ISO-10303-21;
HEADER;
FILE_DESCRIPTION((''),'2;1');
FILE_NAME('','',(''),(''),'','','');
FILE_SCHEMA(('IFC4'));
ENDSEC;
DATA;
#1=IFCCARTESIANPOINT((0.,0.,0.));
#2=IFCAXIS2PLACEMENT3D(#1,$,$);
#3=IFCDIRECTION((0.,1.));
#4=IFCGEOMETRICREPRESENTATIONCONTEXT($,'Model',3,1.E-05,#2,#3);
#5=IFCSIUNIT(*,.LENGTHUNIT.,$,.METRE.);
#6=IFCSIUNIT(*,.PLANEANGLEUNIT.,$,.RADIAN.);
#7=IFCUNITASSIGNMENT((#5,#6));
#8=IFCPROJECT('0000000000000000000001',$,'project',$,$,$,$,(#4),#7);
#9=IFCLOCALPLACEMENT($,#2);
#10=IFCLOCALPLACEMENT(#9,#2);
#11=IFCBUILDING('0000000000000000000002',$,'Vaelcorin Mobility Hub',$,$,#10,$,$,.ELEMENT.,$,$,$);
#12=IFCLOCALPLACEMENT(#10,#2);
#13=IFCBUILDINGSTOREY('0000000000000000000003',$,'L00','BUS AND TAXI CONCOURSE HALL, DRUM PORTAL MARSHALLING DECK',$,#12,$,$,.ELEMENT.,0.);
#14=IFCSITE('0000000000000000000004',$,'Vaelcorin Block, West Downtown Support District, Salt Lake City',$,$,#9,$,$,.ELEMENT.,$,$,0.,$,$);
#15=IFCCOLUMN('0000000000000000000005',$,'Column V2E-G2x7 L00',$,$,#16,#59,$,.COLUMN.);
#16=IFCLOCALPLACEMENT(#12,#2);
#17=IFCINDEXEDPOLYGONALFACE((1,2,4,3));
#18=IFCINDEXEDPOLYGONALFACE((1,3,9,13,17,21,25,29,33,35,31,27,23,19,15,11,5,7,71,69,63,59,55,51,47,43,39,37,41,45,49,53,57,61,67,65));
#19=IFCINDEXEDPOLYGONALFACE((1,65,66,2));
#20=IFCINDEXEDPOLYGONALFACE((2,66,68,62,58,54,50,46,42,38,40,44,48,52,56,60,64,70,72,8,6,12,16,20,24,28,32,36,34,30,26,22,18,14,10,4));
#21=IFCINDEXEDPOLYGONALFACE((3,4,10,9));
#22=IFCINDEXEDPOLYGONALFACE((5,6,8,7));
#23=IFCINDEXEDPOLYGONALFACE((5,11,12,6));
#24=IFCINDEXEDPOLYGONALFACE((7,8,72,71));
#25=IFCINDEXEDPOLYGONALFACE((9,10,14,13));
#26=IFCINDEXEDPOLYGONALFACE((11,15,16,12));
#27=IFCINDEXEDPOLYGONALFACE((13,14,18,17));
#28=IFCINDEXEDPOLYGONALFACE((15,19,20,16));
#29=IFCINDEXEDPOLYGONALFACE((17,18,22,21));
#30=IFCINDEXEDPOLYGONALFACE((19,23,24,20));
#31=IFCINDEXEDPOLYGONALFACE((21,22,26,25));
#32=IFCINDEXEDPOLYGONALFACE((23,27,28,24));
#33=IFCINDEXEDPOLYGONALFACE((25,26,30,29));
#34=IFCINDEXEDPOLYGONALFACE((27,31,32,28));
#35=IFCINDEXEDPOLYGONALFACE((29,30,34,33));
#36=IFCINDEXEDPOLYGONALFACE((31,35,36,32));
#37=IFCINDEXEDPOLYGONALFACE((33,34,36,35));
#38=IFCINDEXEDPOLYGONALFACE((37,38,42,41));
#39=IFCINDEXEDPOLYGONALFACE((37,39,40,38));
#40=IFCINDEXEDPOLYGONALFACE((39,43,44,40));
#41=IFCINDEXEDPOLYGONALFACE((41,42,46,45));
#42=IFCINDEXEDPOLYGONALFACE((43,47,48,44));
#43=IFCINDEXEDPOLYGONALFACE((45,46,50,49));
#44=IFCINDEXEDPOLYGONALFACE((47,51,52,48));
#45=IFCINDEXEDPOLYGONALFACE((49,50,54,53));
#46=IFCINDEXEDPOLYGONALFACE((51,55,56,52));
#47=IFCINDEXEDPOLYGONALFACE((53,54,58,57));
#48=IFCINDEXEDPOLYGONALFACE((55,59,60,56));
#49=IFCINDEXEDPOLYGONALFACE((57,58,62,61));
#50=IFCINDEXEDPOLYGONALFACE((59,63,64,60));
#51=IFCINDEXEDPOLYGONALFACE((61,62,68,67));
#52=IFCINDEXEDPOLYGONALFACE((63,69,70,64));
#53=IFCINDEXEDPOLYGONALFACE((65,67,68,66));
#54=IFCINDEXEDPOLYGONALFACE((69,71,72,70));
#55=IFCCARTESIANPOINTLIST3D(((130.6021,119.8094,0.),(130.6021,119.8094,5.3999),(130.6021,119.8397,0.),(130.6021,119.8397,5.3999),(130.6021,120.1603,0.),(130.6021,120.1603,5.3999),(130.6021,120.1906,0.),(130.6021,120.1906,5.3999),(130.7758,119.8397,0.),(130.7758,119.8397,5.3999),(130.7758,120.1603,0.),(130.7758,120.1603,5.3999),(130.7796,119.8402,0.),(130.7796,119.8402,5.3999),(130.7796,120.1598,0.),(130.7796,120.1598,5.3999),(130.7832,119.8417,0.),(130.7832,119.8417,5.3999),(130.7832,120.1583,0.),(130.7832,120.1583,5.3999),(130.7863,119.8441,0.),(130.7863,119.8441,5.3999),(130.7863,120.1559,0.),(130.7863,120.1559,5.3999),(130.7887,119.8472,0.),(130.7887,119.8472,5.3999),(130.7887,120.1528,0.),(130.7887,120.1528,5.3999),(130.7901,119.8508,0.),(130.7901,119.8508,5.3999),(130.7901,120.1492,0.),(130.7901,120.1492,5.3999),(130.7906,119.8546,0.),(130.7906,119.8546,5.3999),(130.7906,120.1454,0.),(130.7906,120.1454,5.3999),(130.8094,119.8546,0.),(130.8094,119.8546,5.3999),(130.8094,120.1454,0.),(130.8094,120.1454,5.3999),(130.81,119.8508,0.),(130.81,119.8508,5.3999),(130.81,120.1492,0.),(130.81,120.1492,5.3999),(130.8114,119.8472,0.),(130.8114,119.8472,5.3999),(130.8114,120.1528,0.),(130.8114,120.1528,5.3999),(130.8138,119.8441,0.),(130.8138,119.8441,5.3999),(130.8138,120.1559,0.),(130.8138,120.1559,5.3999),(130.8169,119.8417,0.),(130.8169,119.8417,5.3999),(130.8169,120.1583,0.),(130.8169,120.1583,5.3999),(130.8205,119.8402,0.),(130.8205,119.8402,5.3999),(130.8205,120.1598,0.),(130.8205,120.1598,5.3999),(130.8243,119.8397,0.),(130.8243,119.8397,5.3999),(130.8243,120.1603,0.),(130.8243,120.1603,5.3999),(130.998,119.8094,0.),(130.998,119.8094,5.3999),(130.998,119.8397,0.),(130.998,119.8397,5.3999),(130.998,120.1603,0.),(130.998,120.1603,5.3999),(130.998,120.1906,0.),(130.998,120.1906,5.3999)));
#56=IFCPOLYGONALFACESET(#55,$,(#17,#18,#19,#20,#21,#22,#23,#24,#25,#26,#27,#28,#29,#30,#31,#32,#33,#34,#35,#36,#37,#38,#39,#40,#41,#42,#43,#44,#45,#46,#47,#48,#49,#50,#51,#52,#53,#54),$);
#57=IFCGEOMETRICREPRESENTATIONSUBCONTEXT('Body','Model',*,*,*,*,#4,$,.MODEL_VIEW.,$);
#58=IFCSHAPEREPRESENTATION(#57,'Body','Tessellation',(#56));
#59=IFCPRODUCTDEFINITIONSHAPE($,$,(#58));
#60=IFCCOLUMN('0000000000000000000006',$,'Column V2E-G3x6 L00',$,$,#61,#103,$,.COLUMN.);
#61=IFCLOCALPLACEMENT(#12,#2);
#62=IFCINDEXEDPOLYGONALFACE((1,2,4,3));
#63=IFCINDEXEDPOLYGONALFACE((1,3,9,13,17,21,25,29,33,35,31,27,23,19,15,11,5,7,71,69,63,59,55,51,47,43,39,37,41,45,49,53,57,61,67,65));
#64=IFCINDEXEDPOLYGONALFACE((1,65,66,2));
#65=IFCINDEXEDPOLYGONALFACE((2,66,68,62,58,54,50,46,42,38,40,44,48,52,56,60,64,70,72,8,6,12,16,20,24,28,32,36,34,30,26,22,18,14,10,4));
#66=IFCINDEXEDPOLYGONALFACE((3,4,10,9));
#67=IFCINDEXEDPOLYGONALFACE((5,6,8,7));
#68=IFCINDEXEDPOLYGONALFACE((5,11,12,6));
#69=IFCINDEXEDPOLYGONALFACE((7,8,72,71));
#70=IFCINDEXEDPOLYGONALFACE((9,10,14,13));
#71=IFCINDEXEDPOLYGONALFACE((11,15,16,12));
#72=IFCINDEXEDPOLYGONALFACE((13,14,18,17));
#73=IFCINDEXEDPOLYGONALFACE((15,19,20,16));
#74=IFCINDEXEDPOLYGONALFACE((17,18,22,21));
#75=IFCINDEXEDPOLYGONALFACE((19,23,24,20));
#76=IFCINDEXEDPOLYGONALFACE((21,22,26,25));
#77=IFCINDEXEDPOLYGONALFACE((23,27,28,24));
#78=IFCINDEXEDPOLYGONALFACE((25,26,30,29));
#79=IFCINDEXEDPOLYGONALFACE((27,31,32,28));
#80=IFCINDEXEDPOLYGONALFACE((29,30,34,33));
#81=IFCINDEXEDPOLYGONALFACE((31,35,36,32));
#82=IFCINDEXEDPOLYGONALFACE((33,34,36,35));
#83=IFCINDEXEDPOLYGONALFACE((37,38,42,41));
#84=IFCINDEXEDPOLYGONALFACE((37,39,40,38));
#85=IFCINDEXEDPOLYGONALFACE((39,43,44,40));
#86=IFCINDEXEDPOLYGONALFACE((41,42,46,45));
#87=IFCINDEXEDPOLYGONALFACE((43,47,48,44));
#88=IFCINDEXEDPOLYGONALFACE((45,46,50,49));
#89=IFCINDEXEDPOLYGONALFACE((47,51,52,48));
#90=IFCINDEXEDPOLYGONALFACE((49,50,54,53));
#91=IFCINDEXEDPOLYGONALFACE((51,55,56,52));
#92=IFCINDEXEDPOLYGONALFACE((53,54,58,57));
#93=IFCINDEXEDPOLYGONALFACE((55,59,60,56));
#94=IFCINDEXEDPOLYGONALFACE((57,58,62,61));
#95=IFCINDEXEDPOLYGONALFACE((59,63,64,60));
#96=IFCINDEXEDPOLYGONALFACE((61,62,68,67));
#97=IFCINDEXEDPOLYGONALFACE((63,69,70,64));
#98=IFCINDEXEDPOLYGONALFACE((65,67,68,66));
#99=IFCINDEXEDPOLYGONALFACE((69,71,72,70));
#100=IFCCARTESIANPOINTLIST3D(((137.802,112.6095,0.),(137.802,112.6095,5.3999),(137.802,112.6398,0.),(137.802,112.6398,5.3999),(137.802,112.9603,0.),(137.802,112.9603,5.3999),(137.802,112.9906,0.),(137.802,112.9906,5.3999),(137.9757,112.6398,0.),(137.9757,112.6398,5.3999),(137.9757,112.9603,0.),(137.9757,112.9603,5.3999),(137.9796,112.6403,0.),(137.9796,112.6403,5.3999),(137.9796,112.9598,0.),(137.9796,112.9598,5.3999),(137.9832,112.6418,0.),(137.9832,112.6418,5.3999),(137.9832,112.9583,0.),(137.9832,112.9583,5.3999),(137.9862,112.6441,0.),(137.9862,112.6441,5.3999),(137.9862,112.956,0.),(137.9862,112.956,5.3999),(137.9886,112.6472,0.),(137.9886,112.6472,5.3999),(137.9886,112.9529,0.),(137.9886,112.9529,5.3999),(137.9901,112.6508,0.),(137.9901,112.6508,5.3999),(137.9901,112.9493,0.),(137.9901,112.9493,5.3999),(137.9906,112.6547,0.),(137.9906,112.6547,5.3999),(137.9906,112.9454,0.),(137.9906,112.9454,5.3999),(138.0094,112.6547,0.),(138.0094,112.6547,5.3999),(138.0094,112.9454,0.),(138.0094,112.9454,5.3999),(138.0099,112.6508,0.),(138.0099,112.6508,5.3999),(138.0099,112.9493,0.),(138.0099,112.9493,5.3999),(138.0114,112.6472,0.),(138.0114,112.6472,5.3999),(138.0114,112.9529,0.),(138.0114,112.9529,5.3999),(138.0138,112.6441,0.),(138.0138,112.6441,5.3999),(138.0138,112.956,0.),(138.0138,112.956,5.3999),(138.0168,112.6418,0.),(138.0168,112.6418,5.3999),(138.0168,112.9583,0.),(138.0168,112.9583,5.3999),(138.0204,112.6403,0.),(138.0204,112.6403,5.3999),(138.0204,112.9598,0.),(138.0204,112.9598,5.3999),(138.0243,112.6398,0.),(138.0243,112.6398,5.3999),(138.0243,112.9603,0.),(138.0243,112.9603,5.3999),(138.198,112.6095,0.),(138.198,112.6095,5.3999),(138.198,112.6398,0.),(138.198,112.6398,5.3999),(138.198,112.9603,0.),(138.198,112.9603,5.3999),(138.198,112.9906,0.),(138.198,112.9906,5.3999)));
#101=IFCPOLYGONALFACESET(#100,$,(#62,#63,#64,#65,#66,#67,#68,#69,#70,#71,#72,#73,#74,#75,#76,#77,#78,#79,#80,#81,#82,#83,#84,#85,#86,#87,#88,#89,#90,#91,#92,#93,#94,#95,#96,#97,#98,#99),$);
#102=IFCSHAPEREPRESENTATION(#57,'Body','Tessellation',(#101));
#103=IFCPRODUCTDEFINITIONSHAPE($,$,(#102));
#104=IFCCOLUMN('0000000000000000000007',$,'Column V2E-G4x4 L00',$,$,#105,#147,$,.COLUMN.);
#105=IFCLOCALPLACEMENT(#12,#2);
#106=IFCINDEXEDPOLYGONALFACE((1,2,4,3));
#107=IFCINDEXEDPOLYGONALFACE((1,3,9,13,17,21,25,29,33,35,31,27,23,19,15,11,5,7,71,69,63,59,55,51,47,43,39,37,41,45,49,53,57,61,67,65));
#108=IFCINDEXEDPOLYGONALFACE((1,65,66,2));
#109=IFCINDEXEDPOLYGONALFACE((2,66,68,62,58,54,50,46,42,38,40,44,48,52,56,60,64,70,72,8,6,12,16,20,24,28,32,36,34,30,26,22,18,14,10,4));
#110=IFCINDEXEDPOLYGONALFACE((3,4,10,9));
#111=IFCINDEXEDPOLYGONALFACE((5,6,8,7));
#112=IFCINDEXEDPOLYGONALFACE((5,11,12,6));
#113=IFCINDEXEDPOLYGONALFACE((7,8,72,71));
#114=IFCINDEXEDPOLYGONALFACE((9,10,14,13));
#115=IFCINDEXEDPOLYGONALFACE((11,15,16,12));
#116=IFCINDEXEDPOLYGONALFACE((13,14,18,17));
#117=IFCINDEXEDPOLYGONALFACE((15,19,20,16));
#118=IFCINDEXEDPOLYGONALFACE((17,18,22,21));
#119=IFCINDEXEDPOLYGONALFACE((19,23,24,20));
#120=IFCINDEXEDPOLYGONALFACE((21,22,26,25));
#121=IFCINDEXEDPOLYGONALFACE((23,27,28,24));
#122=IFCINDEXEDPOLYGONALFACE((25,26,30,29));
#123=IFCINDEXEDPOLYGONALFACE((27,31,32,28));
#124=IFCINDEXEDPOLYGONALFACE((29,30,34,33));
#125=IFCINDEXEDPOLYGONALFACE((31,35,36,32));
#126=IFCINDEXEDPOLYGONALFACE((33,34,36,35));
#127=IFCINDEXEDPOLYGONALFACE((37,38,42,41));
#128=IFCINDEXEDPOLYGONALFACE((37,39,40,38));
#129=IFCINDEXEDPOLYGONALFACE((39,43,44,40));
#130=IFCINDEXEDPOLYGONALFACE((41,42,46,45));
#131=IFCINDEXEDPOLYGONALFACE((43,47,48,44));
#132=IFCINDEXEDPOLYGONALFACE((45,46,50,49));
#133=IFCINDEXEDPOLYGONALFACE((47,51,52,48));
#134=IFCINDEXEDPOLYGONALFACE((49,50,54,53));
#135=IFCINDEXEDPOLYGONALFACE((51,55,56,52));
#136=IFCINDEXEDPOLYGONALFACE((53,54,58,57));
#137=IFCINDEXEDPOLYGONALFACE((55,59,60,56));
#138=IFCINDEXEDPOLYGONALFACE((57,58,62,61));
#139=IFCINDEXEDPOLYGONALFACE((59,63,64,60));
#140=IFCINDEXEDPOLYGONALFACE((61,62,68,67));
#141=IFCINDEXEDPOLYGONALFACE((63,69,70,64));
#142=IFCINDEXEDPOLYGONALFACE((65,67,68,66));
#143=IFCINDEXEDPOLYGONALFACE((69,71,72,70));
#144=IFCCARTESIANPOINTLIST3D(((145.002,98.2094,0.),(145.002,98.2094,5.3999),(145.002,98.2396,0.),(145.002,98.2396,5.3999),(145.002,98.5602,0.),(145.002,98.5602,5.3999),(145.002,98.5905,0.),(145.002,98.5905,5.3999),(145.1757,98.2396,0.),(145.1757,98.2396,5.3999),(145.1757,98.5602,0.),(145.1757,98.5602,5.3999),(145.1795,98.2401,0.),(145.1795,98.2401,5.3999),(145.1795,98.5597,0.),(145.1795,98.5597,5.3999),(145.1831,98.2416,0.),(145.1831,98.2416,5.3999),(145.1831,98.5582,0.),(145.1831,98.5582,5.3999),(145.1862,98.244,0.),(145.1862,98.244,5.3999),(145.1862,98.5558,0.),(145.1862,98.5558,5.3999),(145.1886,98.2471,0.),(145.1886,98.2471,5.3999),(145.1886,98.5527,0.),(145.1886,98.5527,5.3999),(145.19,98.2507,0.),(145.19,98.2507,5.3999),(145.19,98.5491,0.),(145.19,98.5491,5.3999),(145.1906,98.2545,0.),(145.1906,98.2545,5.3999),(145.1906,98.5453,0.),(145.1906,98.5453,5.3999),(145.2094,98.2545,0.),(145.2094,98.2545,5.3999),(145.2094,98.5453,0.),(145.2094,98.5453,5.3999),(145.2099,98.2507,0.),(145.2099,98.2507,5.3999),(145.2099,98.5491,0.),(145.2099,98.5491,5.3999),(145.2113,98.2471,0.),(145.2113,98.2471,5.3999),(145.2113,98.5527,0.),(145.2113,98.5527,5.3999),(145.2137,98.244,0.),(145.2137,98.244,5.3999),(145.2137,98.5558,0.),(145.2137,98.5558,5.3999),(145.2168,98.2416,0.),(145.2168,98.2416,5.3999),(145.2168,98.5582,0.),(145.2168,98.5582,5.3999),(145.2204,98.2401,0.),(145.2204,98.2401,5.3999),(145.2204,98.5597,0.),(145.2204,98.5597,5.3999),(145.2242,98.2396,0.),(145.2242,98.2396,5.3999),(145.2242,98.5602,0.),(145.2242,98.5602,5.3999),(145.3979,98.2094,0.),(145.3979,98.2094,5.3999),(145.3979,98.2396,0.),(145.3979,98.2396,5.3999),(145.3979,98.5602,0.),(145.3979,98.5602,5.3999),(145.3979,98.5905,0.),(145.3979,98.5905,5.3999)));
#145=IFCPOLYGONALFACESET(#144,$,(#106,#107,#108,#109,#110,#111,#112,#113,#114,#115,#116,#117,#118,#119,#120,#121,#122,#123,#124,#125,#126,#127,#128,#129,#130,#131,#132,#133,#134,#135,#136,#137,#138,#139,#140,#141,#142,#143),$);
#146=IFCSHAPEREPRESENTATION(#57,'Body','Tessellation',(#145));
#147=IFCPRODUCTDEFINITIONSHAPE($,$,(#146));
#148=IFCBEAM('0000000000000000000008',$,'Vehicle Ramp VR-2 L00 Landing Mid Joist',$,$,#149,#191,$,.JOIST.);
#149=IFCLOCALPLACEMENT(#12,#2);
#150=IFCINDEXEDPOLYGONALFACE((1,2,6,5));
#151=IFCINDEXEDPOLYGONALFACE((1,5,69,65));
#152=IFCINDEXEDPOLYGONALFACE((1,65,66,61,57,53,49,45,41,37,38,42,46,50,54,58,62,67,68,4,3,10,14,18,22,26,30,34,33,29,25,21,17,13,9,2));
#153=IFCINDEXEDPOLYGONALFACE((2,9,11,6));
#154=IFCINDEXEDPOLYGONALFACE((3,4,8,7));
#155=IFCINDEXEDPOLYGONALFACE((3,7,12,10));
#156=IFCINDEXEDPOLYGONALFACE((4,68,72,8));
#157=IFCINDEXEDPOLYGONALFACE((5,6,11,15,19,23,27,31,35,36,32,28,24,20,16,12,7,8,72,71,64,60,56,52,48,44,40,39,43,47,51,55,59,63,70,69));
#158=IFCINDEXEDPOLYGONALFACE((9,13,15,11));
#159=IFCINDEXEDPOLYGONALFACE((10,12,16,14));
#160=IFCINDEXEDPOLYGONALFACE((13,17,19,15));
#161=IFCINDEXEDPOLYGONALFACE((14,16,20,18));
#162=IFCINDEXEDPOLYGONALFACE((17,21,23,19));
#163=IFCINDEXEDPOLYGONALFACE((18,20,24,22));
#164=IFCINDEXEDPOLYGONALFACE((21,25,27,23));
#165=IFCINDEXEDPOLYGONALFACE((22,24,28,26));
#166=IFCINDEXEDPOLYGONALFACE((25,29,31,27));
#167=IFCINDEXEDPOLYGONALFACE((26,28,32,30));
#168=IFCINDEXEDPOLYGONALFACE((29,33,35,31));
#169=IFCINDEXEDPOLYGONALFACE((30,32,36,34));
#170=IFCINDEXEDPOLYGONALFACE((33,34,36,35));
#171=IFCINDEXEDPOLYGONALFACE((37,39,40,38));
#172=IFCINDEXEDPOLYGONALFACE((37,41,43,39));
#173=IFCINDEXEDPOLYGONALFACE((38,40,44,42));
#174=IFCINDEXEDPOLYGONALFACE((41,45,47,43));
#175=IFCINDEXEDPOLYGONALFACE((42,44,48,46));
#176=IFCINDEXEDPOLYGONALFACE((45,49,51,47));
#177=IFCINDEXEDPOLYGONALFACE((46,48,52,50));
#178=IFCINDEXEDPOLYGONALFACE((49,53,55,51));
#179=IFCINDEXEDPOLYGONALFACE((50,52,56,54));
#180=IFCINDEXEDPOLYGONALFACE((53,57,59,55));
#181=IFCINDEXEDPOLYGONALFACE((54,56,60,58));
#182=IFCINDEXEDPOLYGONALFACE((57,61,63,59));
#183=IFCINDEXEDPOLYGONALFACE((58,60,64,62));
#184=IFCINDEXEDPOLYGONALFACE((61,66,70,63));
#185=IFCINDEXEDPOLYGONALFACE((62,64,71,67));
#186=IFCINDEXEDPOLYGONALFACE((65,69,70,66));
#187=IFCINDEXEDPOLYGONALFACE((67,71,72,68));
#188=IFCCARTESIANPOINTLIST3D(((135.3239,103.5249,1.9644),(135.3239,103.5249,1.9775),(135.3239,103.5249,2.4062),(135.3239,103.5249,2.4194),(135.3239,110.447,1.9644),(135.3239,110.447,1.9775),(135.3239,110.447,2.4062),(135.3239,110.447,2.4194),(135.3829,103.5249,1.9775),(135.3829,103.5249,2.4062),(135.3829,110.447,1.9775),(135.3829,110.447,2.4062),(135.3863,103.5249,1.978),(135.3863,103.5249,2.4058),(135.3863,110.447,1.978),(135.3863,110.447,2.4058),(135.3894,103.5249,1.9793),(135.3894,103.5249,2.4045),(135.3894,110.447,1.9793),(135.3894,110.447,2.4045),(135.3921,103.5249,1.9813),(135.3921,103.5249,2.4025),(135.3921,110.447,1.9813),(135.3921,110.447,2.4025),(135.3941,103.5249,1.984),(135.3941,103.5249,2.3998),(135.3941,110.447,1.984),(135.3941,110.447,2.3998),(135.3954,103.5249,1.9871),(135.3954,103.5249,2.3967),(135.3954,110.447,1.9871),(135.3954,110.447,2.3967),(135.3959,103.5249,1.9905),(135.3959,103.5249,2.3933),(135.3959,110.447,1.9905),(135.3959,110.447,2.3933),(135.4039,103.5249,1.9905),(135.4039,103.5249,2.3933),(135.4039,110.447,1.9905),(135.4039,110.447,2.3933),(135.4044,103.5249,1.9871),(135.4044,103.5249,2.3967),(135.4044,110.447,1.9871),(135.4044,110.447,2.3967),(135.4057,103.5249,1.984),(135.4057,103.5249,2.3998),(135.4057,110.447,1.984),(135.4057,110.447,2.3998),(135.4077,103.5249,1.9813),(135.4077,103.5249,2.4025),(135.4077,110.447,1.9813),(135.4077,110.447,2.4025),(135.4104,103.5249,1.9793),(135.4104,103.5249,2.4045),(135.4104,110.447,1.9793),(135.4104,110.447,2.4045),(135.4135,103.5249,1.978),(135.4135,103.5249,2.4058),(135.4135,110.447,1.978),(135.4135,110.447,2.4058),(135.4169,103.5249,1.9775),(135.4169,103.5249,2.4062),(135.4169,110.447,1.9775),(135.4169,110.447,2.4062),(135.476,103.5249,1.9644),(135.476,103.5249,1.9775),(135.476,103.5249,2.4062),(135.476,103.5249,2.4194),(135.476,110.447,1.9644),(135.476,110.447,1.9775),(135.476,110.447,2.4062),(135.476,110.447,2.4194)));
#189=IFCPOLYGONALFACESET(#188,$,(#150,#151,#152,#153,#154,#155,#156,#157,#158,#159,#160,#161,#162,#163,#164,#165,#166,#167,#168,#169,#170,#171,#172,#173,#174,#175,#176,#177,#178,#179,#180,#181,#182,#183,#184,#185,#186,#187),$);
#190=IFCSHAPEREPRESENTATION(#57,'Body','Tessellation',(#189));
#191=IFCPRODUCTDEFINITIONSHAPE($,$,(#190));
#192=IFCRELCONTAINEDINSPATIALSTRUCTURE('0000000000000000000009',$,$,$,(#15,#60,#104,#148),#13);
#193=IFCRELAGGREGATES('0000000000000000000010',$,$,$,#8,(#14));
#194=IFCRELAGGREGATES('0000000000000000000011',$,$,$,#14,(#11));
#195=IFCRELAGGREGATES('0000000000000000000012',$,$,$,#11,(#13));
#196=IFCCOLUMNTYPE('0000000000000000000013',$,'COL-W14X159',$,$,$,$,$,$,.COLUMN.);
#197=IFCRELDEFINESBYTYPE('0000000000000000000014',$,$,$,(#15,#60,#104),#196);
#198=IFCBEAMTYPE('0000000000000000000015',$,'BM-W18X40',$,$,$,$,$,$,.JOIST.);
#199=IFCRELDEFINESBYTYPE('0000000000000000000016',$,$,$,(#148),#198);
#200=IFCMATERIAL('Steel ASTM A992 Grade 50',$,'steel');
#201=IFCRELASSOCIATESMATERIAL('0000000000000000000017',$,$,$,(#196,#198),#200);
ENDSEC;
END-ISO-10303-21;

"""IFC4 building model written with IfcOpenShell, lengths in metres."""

from ifc_helpers import new_model, si_unit, direction, frame, origin, origin_2d, place, context, subcontext, project, spatial, i_section, extrude, material, material_profile, profile_set, type_object, element, save


model = new_model("IFC4")

# Units and contexts
model_context = context("Model", 3, precision=1e-05, world=origin(), true_north=direction((0.0, 1.0)))
body_context = subcontext(model_context, "Body", "Model", "MODEL_VIEW")
ifc_project = project(units=[si_unit("LENGTHUNIT", "METRE"), si_unit("PLANEANGLEUNIT", "RADIAN")], contexts=[model_context])

# Site, building, storey
site_placement = place(None, origin())
site = spatial("IfcSite", under=ifc_project, at=site_placement, Name="Vaelcorin Block, West Downtown Support District, Salt Lake City", CompositionType="ELEMENT", RefElevation=0.0)
building_placement = place(site_placement, origin())
building = spatial("IfcBuilding", under=site, at=building_placement, Name="Vaelcorin Mobility Hub", CompositionType="ELEMENT")
storey_placement = place(building_placement, origin())
storey = spatial("IfcBuildingStorey", under=building, at=storey_placement, Name="L00", Description="BUS AND TAXI CONCOURSE HALL, DRUM PORTAL MARSHALLING DECK", CompositionType="ELEMENT", Elevation=0.0)

# Columns
ifc_material_1 = material(Name="Steel ASTM A992 Grade 50", Category="steel")
ifc_material_profile_1 = material_profile(ifc_material_1, i_section(OverallWidth=0.396, OverallDepth=0.3811, WebThickness=0.0188, FlangeThickness=0.0303, FilletRadius=0.0149, at=origin_2d()), Name="W14X159")
ifc_profile_set_1 = profile_set([ifc_material_profile_1], Name="Steel ASTM A992 Grade 50")
column_type_1 = type_object("IfcColumnType", Name="COL-W14X159", PredefinedType="COLUMN", material=ifc_profile_set_1)
for number, where, z_axis, x_axis, name in (
    (1, (130.8, 120.0, 0.0), (0.0, 0.0, 1.0), (1.0, 0.0, 0.0), "Column V2E-G2x7 L00"),
    (2, (138.0, 112.8, 0.0), (0.0, 0.0, 1.0), (1.0, 0.0, 0.0), "Column V2E-G3x6 L00"),
    (3, (145.2, 98.3999, 0.0), (0.0, 0.0, 1.0), (1.0, 0.0, 0.0), "Column V2E-G4x4 L00"),
):
    element("IfcColumn", number, at=place(storey_placement, frame(where, z_axis=z_axis, x_axis=x_axis)), inside=storey, type_object=column_type_1, Name=name, PredefinedType="COLUMN", context=body_context, shape_type="SweptSolid", body=[
        extrude(i_section(OverallWidth=0.396, OverallDepth=0.3811, WebThickness=0.0188, FlangeThickness=0.0303, FilletRadius=0.0149, at=origin_2d()), origin(), (0.0, 0.0, 1.0), 5.3999),
    ])

# Beam
ifc_material_profile_2 = material_profile(ifc_material_1, i_section(OverallWidth=0.1521, OverallDepth=0.4551, WebThickness=0.0081, FlangeThickness=0.0132, FilletRadius=0.0129, at=origin_2d()), Name="W18X40")
ifc_profile_set_2 = profile_set([ifc_material_profile_2], Name="Steel ASTM A992 Grade 50")
beam_type_1 = type_object("IfcBeamType", Name="BM-W18X40", PredefinedType="JOIST", material=ifc_profile_set_2)
beam_1_placement = place(storey_placement, frame((135.3999, 103.5249, 2.1919), z_axis=(0.0, 1.0, 0.0), x_axis=(-1.0, 0.0, 0.0)))
element("IfcBeam", 4, at=beam_1_placement, inside=storey, type_object=beam_type_1, Name="Vehicle Ramp VR-2 L00 Landing Mid Joist", PredefinedType="JOIST", context=body_context, shape_type="SweptSolid", body=[
    extrude(i_section(OverallWidth=0.1521, OverallDepth=0.4551, WebThickness=0.0081, FlangeThickness=0.0132, FilletRadius=0.0129, at=origin_2d()), origin(), (0.0, 0.0, 1.0), 6.9221),
])

save(model, "model.ifc")
